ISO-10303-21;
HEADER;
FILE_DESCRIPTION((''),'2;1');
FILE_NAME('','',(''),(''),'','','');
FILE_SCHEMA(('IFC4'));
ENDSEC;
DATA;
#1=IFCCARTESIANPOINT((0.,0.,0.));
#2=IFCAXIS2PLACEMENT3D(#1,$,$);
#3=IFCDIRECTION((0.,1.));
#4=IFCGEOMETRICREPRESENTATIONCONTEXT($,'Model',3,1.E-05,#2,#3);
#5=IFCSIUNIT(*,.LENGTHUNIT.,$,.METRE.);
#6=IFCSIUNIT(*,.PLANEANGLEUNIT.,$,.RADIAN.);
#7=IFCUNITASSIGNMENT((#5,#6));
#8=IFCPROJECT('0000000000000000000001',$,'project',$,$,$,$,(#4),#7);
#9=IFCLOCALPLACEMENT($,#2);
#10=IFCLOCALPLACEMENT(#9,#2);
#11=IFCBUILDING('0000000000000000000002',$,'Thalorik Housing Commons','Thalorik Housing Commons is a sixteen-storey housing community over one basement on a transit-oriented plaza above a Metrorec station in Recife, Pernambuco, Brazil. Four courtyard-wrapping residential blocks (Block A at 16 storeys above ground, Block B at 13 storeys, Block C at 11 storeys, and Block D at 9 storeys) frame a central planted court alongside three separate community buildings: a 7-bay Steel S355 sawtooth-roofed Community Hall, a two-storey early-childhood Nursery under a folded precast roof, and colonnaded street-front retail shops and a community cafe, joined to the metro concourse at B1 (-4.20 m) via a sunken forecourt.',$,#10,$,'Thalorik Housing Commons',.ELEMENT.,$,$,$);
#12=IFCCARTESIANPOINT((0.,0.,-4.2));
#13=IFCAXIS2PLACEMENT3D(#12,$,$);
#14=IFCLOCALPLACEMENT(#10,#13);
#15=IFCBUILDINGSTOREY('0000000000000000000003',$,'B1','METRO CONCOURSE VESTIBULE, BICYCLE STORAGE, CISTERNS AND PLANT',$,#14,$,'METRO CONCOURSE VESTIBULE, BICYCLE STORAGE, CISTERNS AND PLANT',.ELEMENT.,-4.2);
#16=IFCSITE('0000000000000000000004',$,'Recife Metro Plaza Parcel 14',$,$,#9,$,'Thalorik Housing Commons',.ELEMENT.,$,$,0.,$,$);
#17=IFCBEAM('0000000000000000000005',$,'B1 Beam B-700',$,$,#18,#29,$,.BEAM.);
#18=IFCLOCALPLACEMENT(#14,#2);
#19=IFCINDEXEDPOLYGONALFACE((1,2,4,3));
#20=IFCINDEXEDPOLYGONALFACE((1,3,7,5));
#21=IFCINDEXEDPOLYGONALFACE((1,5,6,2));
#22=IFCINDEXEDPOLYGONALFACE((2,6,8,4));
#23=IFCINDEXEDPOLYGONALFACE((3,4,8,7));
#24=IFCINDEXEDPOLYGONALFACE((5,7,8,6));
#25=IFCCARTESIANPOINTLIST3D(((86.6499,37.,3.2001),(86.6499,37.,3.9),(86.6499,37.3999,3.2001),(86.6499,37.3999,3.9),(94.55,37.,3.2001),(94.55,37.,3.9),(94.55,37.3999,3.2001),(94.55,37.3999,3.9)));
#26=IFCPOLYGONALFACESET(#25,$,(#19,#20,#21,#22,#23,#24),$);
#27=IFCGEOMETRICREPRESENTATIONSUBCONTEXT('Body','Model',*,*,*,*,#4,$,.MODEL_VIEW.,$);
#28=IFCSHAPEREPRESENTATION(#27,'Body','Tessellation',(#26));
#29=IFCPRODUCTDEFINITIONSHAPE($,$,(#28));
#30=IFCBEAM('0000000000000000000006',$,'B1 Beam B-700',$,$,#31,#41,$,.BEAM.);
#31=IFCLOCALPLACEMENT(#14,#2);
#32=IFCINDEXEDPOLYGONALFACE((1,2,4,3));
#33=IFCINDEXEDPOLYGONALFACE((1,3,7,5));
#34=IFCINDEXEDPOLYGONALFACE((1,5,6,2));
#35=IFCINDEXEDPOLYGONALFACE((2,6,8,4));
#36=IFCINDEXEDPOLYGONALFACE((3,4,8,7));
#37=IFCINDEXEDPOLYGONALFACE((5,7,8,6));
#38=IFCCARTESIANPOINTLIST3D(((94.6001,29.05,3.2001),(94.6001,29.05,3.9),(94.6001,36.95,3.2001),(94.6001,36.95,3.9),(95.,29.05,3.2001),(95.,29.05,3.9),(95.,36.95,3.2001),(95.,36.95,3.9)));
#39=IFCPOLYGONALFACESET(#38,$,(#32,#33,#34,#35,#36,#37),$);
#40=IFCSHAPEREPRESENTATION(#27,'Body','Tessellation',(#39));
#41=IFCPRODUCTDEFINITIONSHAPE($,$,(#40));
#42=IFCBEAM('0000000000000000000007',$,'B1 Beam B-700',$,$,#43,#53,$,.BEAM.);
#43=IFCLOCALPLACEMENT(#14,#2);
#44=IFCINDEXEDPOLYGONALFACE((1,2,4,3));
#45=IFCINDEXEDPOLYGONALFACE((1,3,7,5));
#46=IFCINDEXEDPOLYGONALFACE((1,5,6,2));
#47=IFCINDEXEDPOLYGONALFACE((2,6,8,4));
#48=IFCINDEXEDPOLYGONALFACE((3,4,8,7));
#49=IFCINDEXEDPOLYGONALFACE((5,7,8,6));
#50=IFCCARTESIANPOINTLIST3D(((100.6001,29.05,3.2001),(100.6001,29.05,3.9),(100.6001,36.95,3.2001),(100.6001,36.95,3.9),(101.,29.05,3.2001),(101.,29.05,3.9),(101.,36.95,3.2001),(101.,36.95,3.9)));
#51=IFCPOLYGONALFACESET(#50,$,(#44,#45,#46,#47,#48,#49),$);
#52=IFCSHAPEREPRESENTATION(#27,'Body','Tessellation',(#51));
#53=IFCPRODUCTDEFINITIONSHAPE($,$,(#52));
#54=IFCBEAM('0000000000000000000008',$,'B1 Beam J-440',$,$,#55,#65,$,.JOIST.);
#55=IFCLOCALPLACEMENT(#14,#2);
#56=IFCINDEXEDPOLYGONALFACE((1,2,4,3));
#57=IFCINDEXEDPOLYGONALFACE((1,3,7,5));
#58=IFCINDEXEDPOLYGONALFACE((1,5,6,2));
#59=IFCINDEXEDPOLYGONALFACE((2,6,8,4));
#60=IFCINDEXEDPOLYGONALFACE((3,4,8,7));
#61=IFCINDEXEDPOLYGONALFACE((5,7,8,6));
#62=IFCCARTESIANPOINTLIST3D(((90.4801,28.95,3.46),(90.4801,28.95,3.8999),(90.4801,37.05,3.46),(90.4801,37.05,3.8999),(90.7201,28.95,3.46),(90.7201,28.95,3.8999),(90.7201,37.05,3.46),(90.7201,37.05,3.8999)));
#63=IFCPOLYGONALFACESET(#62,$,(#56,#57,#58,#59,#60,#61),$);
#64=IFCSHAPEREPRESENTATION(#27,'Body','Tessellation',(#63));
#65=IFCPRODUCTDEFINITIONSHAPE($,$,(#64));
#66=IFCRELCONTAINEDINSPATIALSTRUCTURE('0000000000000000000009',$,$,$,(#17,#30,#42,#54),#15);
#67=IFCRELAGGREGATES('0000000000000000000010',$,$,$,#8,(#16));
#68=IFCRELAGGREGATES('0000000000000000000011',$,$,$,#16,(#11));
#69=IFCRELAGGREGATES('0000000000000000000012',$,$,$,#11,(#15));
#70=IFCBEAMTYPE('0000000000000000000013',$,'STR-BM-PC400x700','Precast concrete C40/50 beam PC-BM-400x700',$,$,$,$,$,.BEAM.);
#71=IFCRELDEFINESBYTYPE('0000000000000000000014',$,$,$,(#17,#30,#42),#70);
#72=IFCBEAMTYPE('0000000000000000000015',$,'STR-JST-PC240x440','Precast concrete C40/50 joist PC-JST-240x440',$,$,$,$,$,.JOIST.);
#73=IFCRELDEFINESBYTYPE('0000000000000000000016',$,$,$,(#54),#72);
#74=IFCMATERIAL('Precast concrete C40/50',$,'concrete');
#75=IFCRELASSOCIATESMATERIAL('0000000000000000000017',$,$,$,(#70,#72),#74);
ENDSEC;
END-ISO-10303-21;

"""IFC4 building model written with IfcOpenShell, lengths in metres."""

from ifc_helpers import new_model, si_unit, direction, frame, origin, origin_2d, place, context, subcontext, project, spatial, rectangle, extrude, material, material_profile, profile_set, type_object, element, save


model = new_model("IFC4")

# Units and contexts
model_context = context("Model", 3, precision=1e-05, world=origin(), true_north=direction((0.0, 1.0)))
body_context = subcontext(model_context, "Body", "Model", "MODEL_VIEW")
ifc_project = project(units=[si_unit("LENGTHUNIT", "METRE"), si_unit("PLANEANGLEUNIT", "RADIAN")], contexts=[model_context])

# Site, building, storey
site_placement = place(None, origin())
site = spatial("IfcSite", under=ifc_project, at=site_placement, Name="Recife Metro Plaza Parcel 14", LongName="Thalorik Housing Commons", CompositionType="ELEMENT", RefElevation=0.0)
building_placement = place(site_placement, origin())
building = spatial("IfcBuilding", under=site, at=building_placement, Name="Thalorik Housing Commons", Description="Thalorik Housing Commons is a sixteen-storey housing community over one basement on a transit-oriented plaza above a Metrorec station in Recife, Pernambuco, Brazil. Four courtyard-wrapping residential blocks (Block A at 16 storeys above ground, Block B at 13 storeys, Block C at 11 storeys, and Block D at 9 storeys) frame a central planted court alongside three separate community buildings: a 7-bay Steel S355 sawtooth-roofed Community Hall, a two-storey early-childhood Nursery under a folded precast roof, and colonnaded street-front retail shops and a community cafe, joined to the metro concourse at B1 (-4.20 m) via a sunken forecourt.", LongName="Thalorik Housing Commons", CompositionType="ELEMENT")
storey_placement = place(building_placement, frame((0.0, 0.0, -4.2)))
storey = spatial("IfcBuildingStorey", under=building, at=storey_placement, Name="B1", Description="METRO CONCOURSE VESTIBULE, BICYCLE STORAGE, CISTERNS AND PLANT", LongName="METRO CONCOURSE VESTIBULE, BICYCLE STORAGE, CISTERNS AND PLANT", CompositionType="ELEMENT", Elevation=-4.2)

# Shared definitions
ifc_material_1 = material(Name="Precast concrete C40/50", Category="concrete")

# Beams
ifc_material_profile_1 = material_profile(ifc_material_1, rectangle(XDim=0.3999, YDim=0.7, at=origin_2d()), Name="PC 400x700", Category="concrete")
ifc_profile_set_1 = profile_set([ifc_material_profile_1], Name="Precast concrete C40/50")
beam_type_1 = type_object("IfcBeamType", Name="STR-BM-PC400x700", Description="Precast concrete C40/50 beam PC-BM-400x700", PredefinedType="BEAM", material=ifc_profile_set_1)
beam_1_placement = place(storey_placement, frame((86.6499, 37.2, 3.55), z_axis=(1.0, 0.0, 0.0), x_axis=(0.0, 1.0, 0.0)))
element("IfcBeam", 1, at=beam_1_placement, inside=storey, type_object=beam_type_1, Name="B1 Beam B-700", PredefinedType="BEAM", context=body_context, shape_type="SweptSolid", body=[
    extrude(rectangle(XDim=0.3999, YDim=0.7, at=origin_2d()), origin(), (0.0, 0.0, 1.0), 7.9001),
])
for number, where, z_axis, x_axis, name in (
    (2, (94.8, 29.05, 3.55), (0.0, 1.0, 0.0), (-1.0, 0.0, 0.0), "B1 Beam B-700"),
    (3, (100.8, 29.05, 3.55), (0.0, 1.0, 0.0), (-1.0, 0.0, 0.0), "B1 Beam B-700"),
):
    element("IfcBeam", number, at=place(storey_placement, frame(where, z_axis=z_axis, x_axis=x_axis)), inside=storey, type_object=beam_type_1, Name=name, PredefinedType="BEAM", context=body_context, shape_type="SweptSolid", body=[
        extrude(rectangle(XDim=0.3999, YDim=0.7, at=origin_2d()), origin(), (0.0, 0.0, 1.0), 7.8999),
    ])
ifc_material_profile_2 = material_profile(ifc_material_1, rectangle(XDim=0.24, YDim=0.4399, at=origin_2d()), Name="PC JST 240x440", Category="concrete")
ifc_profile_set_2 = profile_set([ifc_material_profile_2], Name="Precast concrete C40/50")
beam_type_2 = type_object("IfcBeamType", Name="STR-JST-PC240x440", Description="Precast concrete C40/50 joist PC-JST-240x440", PredefinedType="JOIST", material=ifc_profile_set_2)
beam_2_placement = place(storey_placement, frame((90.6001, 28.95, 3.6799), z_axis=(0.0, 1.0, 0.0), x_axis=(-1.0, 0.0, 0.0)))
element("IfcBeam", 4, at=beam_2_placement, inside=storey, type_object=beam_type_2, Name="B1 Beam J-440", PredefinedType="JOIST", context=body_context, shape_type="SweptSolid", body=[
    extrude(rectangle(XDim=0.24, YDim=0.4399, at=origin_2d()), origin(), (0.0, 0.0, 1.0), 8.1001),
])

save(model, "model.ifc")
